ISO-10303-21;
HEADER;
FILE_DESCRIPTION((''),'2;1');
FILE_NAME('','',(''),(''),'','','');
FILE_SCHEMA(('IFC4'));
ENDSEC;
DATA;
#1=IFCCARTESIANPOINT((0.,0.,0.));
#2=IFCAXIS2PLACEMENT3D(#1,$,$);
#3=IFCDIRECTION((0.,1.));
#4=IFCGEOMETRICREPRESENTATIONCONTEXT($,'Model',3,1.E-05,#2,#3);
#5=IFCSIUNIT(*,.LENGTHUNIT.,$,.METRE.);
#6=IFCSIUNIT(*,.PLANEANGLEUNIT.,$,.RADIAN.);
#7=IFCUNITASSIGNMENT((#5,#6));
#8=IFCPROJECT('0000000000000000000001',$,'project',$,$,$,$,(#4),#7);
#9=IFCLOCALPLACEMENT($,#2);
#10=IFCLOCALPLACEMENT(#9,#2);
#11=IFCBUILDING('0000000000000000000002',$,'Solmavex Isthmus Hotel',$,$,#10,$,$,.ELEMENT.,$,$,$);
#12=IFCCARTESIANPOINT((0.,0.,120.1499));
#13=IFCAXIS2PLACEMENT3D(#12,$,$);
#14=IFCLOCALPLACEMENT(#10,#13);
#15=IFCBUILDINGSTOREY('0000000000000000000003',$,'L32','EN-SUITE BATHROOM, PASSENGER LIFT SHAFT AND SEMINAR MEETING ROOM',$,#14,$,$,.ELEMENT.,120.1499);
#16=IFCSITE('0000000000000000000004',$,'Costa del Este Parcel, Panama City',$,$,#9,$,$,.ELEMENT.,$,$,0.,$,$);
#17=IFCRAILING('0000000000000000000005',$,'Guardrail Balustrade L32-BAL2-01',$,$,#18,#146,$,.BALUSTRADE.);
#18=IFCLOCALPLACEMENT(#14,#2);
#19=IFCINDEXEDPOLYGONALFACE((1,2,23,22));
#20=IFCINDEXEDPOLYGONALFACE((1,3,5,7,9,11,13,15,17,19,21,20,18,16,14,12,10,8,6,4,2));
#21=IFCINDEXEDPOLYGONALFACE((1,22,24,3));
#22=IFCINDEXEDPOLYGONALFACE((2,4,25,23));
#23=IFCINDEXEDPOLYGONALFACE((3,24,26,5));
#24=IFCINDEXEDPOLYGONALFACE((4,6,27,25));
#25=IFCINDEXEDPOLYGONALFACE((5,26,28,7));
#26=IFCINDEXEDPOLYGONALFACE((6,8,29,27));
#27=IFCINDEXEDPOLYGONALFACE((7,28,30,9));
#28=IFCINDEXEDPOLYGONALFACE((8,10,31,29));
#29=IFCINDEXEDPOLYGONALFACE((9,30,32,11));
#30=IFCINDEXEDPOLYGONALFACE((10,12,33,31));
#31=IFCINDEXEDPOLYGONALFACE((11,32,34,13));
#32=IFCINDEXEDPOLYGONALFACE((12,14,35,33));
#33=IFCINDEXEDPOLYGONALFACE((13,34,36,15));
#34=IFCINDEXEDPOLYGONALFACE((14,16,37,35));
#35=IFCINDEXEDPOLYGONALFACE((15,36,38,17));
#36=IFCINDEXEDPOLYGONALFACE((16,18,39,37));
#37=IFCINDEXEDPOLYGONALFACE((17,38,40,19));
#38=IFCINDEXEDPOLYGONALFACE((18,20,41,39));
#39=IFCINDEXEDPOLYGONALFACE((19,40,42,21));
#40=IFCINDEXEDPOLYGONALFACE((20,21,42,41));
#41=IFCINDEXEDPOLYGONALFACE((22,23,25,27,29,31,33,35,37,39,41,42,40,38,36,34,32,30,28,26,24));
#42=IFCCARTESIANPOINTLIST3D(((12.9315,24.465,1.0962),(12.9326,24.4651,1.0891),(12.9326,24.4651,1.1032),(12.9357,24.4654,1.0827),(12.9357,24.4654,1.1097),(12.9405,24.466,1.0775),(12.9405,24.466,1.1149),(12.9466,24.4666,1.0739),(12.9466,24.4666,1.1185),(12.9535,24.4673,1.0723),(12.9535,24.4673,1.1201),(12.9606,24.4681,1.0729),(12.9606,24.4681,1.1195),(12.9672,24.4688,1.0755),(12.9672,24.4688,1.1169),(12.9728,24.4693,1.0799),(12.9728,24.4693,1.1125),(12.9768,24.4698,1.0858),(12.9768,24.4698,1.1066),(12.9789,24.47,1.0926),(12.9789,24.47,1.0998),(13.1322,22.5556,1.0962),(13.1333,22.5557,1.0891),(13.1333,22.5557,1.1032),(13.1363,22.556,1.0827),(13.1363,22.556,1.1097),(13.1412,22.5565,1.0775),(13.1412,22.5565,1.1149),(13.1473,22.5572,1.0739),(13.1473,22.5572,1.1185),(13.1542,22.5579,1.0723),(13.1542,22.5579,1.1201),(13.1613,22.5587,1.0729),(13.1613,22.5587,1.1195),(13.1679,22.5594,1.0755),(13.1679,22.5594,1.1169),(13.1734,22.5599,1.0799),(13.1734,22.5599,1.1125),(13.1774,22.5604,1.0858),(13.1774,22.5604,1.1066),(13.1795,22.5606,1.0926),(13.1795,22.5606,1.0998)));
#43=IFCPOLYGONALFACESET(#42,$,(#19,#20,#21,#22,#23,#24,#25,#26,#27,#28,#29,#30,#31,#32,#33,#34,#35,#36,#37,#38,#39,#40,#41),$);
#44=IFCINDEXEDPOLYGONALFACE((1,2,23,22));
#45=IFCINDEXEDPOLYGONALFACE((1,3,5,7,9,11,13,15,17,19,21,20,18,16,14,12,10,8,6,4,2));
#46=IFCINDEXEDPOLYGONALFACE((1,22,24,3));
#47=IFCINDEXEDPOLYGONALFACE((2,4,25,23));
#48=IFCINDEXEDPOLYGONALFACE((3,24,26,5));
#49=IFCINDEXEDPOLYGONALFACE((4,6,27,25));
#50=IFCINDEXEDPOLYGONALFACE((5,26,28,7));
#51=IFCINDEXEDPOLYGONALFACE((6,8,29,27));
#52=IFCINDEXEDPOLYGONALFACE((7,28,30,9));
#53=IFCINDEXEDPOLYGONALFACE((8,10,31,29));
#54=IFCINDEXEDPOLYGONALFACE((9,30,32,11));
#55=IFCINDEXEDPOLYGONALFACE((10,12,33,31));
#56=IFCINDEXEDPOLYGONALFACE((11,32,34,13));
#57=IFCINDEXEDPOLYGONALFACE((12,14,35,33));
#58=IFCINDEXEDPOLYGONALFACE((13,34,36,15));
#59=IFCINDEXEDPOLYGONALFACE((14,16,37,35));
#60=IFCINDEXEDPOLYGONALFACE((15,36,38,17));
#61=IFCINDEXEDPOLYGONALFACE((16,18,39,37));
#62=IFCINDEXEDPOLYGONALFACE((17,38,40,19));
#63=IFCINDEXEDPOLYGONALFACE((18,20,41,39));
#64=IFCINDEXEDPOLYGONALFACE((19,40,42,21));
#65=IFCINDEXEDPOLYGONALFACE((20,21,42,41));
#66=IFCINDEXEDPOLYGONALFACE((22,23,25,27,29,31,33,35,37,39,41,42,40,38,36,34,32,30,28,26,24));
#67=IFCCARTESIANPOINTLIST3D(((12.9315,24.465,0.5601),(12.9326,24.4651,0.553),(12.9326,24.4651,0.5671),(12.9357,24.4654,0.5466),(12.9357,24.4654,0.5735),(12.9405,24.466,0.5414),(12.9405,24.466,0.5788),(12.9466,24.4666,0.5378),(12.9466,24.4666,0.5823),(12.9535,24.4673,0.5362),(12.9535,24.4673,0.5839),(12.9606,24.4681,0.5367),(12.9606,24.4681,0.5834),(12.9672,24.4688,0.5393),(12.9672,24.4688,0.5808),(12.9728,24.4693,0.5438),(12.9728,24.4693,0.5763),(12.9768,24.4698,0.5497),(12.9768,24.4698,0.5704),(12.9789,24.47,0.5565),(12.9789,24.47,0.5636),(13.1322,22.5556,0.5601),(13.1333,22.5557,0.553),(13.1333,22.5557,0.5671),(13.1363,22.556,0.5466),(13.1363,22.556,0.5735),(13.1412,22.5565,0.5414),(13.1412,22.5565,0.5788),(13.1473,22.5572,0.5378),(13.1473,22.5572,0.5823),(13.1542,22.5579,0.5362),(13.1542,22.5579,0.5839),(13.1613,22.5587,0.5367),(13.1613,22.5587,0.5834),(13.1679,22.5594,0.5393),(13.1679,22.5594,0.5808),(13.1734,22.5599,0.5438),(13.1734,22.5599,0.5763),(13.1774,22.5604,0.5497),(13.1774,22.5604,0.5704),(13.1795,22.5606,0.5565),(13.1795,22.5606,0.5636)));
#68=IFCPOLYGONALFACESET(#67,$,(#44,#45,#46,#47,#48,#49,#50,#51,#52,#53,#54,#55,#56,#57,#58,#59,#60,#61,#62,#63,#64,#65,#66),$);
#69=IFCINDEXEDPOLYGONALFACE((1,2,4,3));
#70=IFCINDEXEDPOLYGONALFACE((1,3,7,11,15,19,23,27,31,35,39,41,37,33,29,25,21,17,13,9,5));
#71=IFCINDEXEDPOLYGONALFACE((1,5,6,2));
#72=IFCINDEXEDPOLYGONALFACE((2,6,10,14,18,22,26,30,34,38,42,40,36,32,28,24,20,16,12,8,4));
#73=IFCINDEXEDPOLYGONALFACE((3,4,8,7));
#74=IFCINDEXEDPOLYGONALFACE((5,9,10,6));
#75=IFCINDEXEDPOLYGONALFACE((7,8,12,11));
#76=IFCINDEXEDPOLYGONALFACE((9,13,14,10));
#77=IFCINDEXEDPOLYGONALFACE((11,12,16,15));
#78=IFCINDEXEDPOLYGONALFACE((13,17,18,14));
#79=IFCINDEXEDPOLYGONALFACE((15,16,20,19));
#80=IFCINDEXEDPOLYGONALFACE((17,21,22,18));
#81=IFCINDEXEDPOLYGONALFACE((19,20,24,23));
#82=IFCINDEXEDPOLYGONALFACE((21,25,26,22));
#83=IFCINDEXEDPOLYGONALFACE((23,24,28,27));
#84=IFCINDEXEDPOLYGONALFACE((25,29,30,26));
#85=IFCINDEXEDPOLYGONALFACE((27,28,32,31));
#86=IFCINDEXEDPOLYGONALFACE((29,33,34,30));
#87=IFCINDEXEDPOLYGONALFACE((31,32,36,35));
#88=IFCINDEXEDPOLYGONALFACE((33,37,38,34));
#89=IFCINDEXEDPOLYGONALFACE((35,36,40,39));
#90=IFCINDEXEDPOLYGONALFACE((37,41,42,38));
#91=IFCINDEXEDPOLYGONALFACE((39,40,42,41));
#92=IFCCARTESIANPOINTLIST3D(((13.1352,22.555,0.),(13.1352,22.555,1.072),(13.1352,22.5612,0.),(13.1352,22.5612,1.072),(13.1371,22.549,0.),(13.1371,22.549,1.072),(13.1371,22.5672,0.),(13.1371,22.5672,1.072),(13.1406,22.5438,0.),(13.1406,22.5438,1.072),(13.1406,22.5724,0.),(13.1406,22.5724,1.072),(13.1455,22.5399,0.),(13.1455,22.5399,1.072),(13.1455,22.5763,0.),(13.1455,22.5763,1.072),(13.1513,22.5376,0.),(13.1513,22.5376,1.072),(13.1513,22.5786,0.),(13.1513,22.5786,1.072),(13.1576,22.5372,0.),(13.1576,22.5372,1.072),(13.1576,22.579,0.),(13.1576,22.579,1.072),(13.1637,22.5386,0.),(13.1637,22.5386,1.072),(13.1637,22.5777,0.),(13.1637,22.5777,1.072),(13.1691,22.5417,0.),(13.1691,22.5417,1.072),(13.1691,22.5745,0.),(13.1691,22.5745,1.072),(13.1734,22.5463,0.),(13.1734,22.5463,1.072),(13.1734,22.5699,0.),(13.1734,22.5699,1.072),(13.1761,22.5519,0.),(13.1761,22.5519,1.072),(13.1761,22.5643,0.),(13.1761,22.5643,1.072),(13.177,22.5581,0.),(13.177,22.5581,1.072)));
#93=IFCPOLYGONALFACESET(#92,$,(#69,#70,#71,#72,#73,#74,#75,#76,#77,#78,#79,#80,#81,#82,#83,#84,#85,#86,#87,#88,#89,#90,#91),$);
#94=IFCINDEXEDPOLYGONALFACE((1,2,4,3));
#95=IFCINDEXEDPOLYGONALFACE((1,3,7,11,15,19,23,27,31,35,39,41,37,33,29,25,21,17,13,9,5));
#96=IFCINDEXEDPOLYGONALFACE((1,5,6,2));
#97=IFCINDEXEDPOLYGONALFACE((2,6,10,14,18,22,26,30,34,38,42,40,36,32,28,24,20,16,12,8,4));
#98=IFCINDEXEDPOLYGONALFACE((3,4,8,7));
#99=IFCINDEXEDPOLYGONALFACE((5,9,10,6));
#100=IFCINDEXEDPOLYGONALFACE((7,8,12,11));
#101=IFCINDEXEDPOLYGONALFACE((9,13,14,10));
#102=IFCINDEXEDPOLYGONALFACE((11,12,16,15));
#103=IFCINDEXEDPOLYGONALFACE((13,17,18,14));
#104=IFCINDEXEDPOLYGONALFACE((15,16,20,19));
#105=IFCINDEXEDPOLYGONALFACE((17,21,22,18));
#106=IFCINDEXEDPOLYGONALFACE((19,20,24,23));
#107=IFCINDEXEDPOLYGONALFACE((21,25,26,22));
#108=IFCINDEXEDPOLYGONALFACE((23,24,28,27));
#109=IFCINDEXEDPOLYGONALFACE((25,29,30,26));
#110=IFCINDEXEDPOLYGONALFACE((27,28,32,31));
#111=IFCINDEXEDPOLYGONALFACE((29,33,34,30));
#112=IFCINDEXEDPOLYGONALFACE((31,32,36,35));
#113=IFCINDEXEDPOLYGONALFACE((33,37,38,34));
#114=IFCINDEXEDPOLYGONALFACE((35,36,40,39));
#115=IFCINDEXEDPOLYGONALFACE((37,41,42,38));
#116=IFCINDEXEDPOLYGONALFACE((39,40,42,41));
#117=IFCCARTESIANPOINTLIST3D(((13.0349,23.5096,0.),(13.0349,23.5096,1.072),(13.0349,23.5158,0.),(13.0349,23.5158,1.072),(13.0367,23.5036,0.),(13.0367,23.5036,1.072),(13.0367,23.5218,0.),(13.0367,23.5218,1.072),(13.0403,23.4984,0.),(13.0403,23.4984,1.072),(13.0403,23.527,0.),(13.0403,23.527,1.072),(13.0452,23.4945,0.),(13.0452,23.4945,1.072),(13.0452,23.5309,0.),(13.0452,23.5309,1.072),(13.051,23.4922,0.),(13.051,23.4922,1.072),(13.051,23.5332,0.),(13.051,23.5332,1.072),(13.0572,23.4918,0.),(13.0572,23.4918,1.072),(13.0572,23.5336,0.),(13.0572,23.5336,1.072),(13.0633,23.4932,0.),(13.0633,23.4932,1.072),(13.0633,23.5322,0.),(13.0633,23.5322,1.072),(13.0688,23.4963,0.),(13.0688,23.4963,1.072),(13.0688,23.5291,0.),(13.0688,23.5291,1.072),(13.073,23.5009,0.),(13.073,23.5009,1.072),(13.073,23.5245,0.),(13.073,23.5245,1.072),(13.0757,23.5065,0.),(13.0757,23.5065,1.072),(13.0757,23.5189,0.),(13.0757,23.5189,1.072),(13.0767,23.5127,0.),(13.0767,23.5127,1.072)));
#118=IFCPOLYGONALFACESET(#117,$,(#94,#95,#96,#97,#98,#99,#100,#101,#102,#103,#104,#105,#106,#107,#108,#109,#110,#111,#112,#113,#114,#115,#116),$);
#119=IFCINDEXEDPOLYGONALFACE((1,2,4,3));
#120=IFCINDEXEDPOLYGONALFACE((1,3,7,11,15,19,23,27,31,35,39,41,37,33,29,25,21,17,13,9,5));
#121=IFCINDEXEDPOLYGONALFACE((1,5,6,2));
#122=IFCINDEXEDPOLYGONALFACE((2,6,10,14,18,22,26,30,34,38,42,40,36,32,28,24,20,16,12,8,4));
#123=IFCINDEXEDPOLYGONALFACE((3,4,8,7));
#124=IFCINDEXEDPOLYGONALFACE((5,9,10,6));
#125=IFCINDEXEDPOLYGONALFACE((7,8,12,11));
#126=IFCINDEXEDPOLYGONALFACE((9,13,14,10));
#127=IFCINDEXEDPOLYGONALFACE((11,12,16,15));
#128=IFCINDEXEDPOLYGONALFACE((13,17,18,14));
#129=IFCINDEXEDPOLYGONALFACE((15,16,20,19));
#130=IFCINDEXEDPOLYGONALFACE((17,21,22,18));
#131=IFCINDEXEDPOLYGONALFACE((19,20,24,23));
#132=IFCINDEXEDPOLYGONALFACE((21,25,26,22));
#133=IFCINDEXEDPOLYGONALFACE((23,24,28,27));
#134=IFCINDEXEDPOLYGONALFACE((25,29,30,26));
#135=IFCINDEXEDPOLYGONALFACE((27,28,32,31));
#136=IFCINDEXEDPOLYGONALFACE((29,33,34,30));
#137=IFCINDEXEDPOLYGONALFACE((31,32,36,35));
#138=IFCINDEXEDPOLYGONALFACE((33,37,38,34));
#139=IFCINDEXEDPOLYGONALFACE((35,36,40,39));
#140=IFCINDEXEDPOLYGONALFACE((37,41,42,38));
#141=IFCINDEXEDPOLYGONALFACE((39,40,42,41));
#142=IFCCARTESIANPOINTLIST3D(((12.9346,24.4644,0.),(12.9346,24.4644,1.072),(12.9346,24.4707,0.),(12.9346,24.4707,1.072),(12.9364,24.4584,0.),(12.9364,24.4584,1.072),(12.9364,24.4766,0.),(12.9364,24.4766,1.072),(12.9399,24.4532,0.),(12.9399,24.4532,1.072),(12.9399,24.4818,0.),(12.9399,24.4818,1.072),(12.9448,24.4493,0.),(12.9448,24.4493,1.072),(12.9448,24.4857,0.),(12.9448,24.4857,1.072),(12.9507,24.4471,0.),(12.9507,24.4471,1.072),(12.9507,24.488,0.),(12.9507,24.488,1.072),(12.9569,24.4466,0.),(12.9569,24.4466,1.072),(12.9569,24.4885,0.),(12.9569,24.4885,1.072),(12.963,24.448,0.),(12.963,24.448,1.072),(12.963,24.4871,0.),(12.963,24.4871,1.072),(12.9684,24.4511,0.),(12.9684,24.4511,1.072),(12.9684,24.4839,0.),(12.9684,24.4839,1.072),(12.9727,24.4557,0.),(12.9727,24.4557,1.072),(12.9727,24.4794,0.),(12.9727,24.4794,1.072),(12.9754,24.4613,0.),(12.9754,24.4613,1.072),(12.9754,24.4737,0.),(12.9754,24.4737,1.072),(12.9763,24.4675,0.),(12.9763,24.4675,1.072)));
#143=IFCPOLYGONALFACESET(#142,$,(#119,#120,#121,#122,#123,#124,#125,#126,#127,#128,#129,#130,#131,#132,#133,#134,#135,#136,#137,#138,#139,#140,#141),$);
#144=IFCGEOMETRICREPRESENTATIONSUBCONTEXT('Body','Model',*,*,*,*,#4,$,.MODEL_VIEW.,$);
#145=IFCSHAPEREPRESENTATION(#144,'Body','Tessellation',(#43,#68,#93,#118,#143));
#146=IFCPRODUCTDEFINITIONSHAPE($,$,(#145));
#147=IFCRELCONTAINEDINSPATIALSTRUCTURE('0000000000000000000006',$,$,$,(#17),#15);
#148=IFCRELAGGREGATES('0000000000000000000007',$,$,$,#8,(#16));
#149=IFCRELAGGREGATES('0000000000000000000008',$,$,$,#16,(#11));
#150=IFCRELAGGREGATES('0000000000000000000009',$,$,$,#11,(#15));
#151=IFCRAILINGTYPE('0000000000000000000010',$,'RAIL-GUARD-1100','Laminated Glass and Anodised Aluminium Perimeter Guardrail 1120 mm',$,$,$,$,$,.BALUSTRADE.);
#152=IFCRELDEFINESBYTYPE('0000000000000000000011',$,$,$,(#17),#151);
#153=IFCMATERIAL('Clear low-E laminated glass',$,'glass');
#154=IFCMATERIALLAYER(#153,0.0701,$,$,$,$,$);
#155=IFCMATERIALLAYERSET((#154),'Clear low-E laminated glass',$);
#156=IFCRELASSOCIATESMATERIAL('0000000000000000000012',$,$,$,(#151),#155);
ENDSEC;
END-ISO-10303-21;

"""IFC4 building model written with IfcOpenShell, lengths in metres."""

from ifc_helpers import new_model, si_unit, direction, frame, origin, origin_2d, place, context, subcontext, project, spatial, circle, extrude, material, layer, layer_set, type_object, element, save


model = new_model("IFC4")

# Units and contexts
model_context = context("Model", 3, precision=1e-05, world=origin(), true_north=direction((0.0, 1.0)))
body_context = subcontext(model_context, "Body", "Model", "MODEL_VIEW")
ifc_project = project(units=[si_unit("LENGTHUNIT", "METRE"), si_unit("PLANEANGLEUNIT", "RADIAN")], contexts=[model_context])

# Site, building, storey
site_placement = place(None, origin())
site = spatial("IfcSite", under=ifc_project, at=site_placement, Name="Costa del Este Parcel, Panama City", CompositionType="ELEMENT", RefElevation=0.0)
building_placement = place(site_placement, origin())
building = spatial("IfcBuilding", under=site, at=building_placement, Name="Solmavex Isthmus Hotel", CompositionType="ELEMENT")
storey_placement = place(building_placement, frame((0.0, 0.0, 120.1499)))
storey = spatial("IfcBuildingStorey", under=building, at=storey_placement, Name="L32", Description="EN-SUITE BATHROOM, PASSENGER LIFT SHAFT AND SEMINAR MEETING ROOM", CompositionType="ELEMENT", Elevation=120.1499)

# Shared definitions
ifc_material_1 = material(Name="Clear low-E laminated glass", Category="glass")

# Railing
ifc_layer_1 = layer(ifc_material_1, 0.0701)
ifc_layer_set_1 = layer_set([ifc_layer_1], Name="Clear low-E laminated glass")
railing_type = type_object("IfcRailingType", Name="RAIL-GUARD-1100", Description="Laminated Glass and Anodised Aluminium Perimeter Guardrail 1120 mm", PredefinedType="BALUSTRADE", material=ifc_layer_set_1)
railing_1_placement = place(storey_placement, frame((13.156, 22.5581, 0.0)))
element("IfcRailing", 1, at=railing_1_placement, inside=storey, type_object=railing_type, Name="Guardrail Balustrade L32-BAL2-01", PredefinedType="BALUSTRADE", context=body_context, shape_type="SweptSolid", body=[
    extrude(circle(Radius=0.0239, at=origin_2d()), frame((0.0, 0.0, 1.0962), z_axis=(-0.104526, 0.994522, 0.0), x_axis=(-0.994522, -0.104526, 0.0)), (0.0, 0.0, 1.0), 1.9199),
    extrude(circle(Radius=0.0239, at=origin_2d()), frame((0.0, 0.0, 0.5601), z_axis=(-0.104526, 0.994522, 0.0), x_axis=(-0.994522, -0.104526, 0.0)), (0.0, 0.0, 1.0), 1.9199),
    extrude(circle(Radius=0.021, at=origin_2d()), origin(), (0.0, 0.0, 1.0), 1.072),
    extrude(circle(Radius=0.021, at=origin_2d()), frame((-0.1003, 0.9546, 0.0)), (0.0, 0.0, 1.0), 1.072),
    extrude(circle(Radius=0.021, at=origin_2d()), frame((-0.2007, 1.9094, 0.0)), (0.0, 0.0, 1.0), 1.072),
])

save(model, "model.ifc")
